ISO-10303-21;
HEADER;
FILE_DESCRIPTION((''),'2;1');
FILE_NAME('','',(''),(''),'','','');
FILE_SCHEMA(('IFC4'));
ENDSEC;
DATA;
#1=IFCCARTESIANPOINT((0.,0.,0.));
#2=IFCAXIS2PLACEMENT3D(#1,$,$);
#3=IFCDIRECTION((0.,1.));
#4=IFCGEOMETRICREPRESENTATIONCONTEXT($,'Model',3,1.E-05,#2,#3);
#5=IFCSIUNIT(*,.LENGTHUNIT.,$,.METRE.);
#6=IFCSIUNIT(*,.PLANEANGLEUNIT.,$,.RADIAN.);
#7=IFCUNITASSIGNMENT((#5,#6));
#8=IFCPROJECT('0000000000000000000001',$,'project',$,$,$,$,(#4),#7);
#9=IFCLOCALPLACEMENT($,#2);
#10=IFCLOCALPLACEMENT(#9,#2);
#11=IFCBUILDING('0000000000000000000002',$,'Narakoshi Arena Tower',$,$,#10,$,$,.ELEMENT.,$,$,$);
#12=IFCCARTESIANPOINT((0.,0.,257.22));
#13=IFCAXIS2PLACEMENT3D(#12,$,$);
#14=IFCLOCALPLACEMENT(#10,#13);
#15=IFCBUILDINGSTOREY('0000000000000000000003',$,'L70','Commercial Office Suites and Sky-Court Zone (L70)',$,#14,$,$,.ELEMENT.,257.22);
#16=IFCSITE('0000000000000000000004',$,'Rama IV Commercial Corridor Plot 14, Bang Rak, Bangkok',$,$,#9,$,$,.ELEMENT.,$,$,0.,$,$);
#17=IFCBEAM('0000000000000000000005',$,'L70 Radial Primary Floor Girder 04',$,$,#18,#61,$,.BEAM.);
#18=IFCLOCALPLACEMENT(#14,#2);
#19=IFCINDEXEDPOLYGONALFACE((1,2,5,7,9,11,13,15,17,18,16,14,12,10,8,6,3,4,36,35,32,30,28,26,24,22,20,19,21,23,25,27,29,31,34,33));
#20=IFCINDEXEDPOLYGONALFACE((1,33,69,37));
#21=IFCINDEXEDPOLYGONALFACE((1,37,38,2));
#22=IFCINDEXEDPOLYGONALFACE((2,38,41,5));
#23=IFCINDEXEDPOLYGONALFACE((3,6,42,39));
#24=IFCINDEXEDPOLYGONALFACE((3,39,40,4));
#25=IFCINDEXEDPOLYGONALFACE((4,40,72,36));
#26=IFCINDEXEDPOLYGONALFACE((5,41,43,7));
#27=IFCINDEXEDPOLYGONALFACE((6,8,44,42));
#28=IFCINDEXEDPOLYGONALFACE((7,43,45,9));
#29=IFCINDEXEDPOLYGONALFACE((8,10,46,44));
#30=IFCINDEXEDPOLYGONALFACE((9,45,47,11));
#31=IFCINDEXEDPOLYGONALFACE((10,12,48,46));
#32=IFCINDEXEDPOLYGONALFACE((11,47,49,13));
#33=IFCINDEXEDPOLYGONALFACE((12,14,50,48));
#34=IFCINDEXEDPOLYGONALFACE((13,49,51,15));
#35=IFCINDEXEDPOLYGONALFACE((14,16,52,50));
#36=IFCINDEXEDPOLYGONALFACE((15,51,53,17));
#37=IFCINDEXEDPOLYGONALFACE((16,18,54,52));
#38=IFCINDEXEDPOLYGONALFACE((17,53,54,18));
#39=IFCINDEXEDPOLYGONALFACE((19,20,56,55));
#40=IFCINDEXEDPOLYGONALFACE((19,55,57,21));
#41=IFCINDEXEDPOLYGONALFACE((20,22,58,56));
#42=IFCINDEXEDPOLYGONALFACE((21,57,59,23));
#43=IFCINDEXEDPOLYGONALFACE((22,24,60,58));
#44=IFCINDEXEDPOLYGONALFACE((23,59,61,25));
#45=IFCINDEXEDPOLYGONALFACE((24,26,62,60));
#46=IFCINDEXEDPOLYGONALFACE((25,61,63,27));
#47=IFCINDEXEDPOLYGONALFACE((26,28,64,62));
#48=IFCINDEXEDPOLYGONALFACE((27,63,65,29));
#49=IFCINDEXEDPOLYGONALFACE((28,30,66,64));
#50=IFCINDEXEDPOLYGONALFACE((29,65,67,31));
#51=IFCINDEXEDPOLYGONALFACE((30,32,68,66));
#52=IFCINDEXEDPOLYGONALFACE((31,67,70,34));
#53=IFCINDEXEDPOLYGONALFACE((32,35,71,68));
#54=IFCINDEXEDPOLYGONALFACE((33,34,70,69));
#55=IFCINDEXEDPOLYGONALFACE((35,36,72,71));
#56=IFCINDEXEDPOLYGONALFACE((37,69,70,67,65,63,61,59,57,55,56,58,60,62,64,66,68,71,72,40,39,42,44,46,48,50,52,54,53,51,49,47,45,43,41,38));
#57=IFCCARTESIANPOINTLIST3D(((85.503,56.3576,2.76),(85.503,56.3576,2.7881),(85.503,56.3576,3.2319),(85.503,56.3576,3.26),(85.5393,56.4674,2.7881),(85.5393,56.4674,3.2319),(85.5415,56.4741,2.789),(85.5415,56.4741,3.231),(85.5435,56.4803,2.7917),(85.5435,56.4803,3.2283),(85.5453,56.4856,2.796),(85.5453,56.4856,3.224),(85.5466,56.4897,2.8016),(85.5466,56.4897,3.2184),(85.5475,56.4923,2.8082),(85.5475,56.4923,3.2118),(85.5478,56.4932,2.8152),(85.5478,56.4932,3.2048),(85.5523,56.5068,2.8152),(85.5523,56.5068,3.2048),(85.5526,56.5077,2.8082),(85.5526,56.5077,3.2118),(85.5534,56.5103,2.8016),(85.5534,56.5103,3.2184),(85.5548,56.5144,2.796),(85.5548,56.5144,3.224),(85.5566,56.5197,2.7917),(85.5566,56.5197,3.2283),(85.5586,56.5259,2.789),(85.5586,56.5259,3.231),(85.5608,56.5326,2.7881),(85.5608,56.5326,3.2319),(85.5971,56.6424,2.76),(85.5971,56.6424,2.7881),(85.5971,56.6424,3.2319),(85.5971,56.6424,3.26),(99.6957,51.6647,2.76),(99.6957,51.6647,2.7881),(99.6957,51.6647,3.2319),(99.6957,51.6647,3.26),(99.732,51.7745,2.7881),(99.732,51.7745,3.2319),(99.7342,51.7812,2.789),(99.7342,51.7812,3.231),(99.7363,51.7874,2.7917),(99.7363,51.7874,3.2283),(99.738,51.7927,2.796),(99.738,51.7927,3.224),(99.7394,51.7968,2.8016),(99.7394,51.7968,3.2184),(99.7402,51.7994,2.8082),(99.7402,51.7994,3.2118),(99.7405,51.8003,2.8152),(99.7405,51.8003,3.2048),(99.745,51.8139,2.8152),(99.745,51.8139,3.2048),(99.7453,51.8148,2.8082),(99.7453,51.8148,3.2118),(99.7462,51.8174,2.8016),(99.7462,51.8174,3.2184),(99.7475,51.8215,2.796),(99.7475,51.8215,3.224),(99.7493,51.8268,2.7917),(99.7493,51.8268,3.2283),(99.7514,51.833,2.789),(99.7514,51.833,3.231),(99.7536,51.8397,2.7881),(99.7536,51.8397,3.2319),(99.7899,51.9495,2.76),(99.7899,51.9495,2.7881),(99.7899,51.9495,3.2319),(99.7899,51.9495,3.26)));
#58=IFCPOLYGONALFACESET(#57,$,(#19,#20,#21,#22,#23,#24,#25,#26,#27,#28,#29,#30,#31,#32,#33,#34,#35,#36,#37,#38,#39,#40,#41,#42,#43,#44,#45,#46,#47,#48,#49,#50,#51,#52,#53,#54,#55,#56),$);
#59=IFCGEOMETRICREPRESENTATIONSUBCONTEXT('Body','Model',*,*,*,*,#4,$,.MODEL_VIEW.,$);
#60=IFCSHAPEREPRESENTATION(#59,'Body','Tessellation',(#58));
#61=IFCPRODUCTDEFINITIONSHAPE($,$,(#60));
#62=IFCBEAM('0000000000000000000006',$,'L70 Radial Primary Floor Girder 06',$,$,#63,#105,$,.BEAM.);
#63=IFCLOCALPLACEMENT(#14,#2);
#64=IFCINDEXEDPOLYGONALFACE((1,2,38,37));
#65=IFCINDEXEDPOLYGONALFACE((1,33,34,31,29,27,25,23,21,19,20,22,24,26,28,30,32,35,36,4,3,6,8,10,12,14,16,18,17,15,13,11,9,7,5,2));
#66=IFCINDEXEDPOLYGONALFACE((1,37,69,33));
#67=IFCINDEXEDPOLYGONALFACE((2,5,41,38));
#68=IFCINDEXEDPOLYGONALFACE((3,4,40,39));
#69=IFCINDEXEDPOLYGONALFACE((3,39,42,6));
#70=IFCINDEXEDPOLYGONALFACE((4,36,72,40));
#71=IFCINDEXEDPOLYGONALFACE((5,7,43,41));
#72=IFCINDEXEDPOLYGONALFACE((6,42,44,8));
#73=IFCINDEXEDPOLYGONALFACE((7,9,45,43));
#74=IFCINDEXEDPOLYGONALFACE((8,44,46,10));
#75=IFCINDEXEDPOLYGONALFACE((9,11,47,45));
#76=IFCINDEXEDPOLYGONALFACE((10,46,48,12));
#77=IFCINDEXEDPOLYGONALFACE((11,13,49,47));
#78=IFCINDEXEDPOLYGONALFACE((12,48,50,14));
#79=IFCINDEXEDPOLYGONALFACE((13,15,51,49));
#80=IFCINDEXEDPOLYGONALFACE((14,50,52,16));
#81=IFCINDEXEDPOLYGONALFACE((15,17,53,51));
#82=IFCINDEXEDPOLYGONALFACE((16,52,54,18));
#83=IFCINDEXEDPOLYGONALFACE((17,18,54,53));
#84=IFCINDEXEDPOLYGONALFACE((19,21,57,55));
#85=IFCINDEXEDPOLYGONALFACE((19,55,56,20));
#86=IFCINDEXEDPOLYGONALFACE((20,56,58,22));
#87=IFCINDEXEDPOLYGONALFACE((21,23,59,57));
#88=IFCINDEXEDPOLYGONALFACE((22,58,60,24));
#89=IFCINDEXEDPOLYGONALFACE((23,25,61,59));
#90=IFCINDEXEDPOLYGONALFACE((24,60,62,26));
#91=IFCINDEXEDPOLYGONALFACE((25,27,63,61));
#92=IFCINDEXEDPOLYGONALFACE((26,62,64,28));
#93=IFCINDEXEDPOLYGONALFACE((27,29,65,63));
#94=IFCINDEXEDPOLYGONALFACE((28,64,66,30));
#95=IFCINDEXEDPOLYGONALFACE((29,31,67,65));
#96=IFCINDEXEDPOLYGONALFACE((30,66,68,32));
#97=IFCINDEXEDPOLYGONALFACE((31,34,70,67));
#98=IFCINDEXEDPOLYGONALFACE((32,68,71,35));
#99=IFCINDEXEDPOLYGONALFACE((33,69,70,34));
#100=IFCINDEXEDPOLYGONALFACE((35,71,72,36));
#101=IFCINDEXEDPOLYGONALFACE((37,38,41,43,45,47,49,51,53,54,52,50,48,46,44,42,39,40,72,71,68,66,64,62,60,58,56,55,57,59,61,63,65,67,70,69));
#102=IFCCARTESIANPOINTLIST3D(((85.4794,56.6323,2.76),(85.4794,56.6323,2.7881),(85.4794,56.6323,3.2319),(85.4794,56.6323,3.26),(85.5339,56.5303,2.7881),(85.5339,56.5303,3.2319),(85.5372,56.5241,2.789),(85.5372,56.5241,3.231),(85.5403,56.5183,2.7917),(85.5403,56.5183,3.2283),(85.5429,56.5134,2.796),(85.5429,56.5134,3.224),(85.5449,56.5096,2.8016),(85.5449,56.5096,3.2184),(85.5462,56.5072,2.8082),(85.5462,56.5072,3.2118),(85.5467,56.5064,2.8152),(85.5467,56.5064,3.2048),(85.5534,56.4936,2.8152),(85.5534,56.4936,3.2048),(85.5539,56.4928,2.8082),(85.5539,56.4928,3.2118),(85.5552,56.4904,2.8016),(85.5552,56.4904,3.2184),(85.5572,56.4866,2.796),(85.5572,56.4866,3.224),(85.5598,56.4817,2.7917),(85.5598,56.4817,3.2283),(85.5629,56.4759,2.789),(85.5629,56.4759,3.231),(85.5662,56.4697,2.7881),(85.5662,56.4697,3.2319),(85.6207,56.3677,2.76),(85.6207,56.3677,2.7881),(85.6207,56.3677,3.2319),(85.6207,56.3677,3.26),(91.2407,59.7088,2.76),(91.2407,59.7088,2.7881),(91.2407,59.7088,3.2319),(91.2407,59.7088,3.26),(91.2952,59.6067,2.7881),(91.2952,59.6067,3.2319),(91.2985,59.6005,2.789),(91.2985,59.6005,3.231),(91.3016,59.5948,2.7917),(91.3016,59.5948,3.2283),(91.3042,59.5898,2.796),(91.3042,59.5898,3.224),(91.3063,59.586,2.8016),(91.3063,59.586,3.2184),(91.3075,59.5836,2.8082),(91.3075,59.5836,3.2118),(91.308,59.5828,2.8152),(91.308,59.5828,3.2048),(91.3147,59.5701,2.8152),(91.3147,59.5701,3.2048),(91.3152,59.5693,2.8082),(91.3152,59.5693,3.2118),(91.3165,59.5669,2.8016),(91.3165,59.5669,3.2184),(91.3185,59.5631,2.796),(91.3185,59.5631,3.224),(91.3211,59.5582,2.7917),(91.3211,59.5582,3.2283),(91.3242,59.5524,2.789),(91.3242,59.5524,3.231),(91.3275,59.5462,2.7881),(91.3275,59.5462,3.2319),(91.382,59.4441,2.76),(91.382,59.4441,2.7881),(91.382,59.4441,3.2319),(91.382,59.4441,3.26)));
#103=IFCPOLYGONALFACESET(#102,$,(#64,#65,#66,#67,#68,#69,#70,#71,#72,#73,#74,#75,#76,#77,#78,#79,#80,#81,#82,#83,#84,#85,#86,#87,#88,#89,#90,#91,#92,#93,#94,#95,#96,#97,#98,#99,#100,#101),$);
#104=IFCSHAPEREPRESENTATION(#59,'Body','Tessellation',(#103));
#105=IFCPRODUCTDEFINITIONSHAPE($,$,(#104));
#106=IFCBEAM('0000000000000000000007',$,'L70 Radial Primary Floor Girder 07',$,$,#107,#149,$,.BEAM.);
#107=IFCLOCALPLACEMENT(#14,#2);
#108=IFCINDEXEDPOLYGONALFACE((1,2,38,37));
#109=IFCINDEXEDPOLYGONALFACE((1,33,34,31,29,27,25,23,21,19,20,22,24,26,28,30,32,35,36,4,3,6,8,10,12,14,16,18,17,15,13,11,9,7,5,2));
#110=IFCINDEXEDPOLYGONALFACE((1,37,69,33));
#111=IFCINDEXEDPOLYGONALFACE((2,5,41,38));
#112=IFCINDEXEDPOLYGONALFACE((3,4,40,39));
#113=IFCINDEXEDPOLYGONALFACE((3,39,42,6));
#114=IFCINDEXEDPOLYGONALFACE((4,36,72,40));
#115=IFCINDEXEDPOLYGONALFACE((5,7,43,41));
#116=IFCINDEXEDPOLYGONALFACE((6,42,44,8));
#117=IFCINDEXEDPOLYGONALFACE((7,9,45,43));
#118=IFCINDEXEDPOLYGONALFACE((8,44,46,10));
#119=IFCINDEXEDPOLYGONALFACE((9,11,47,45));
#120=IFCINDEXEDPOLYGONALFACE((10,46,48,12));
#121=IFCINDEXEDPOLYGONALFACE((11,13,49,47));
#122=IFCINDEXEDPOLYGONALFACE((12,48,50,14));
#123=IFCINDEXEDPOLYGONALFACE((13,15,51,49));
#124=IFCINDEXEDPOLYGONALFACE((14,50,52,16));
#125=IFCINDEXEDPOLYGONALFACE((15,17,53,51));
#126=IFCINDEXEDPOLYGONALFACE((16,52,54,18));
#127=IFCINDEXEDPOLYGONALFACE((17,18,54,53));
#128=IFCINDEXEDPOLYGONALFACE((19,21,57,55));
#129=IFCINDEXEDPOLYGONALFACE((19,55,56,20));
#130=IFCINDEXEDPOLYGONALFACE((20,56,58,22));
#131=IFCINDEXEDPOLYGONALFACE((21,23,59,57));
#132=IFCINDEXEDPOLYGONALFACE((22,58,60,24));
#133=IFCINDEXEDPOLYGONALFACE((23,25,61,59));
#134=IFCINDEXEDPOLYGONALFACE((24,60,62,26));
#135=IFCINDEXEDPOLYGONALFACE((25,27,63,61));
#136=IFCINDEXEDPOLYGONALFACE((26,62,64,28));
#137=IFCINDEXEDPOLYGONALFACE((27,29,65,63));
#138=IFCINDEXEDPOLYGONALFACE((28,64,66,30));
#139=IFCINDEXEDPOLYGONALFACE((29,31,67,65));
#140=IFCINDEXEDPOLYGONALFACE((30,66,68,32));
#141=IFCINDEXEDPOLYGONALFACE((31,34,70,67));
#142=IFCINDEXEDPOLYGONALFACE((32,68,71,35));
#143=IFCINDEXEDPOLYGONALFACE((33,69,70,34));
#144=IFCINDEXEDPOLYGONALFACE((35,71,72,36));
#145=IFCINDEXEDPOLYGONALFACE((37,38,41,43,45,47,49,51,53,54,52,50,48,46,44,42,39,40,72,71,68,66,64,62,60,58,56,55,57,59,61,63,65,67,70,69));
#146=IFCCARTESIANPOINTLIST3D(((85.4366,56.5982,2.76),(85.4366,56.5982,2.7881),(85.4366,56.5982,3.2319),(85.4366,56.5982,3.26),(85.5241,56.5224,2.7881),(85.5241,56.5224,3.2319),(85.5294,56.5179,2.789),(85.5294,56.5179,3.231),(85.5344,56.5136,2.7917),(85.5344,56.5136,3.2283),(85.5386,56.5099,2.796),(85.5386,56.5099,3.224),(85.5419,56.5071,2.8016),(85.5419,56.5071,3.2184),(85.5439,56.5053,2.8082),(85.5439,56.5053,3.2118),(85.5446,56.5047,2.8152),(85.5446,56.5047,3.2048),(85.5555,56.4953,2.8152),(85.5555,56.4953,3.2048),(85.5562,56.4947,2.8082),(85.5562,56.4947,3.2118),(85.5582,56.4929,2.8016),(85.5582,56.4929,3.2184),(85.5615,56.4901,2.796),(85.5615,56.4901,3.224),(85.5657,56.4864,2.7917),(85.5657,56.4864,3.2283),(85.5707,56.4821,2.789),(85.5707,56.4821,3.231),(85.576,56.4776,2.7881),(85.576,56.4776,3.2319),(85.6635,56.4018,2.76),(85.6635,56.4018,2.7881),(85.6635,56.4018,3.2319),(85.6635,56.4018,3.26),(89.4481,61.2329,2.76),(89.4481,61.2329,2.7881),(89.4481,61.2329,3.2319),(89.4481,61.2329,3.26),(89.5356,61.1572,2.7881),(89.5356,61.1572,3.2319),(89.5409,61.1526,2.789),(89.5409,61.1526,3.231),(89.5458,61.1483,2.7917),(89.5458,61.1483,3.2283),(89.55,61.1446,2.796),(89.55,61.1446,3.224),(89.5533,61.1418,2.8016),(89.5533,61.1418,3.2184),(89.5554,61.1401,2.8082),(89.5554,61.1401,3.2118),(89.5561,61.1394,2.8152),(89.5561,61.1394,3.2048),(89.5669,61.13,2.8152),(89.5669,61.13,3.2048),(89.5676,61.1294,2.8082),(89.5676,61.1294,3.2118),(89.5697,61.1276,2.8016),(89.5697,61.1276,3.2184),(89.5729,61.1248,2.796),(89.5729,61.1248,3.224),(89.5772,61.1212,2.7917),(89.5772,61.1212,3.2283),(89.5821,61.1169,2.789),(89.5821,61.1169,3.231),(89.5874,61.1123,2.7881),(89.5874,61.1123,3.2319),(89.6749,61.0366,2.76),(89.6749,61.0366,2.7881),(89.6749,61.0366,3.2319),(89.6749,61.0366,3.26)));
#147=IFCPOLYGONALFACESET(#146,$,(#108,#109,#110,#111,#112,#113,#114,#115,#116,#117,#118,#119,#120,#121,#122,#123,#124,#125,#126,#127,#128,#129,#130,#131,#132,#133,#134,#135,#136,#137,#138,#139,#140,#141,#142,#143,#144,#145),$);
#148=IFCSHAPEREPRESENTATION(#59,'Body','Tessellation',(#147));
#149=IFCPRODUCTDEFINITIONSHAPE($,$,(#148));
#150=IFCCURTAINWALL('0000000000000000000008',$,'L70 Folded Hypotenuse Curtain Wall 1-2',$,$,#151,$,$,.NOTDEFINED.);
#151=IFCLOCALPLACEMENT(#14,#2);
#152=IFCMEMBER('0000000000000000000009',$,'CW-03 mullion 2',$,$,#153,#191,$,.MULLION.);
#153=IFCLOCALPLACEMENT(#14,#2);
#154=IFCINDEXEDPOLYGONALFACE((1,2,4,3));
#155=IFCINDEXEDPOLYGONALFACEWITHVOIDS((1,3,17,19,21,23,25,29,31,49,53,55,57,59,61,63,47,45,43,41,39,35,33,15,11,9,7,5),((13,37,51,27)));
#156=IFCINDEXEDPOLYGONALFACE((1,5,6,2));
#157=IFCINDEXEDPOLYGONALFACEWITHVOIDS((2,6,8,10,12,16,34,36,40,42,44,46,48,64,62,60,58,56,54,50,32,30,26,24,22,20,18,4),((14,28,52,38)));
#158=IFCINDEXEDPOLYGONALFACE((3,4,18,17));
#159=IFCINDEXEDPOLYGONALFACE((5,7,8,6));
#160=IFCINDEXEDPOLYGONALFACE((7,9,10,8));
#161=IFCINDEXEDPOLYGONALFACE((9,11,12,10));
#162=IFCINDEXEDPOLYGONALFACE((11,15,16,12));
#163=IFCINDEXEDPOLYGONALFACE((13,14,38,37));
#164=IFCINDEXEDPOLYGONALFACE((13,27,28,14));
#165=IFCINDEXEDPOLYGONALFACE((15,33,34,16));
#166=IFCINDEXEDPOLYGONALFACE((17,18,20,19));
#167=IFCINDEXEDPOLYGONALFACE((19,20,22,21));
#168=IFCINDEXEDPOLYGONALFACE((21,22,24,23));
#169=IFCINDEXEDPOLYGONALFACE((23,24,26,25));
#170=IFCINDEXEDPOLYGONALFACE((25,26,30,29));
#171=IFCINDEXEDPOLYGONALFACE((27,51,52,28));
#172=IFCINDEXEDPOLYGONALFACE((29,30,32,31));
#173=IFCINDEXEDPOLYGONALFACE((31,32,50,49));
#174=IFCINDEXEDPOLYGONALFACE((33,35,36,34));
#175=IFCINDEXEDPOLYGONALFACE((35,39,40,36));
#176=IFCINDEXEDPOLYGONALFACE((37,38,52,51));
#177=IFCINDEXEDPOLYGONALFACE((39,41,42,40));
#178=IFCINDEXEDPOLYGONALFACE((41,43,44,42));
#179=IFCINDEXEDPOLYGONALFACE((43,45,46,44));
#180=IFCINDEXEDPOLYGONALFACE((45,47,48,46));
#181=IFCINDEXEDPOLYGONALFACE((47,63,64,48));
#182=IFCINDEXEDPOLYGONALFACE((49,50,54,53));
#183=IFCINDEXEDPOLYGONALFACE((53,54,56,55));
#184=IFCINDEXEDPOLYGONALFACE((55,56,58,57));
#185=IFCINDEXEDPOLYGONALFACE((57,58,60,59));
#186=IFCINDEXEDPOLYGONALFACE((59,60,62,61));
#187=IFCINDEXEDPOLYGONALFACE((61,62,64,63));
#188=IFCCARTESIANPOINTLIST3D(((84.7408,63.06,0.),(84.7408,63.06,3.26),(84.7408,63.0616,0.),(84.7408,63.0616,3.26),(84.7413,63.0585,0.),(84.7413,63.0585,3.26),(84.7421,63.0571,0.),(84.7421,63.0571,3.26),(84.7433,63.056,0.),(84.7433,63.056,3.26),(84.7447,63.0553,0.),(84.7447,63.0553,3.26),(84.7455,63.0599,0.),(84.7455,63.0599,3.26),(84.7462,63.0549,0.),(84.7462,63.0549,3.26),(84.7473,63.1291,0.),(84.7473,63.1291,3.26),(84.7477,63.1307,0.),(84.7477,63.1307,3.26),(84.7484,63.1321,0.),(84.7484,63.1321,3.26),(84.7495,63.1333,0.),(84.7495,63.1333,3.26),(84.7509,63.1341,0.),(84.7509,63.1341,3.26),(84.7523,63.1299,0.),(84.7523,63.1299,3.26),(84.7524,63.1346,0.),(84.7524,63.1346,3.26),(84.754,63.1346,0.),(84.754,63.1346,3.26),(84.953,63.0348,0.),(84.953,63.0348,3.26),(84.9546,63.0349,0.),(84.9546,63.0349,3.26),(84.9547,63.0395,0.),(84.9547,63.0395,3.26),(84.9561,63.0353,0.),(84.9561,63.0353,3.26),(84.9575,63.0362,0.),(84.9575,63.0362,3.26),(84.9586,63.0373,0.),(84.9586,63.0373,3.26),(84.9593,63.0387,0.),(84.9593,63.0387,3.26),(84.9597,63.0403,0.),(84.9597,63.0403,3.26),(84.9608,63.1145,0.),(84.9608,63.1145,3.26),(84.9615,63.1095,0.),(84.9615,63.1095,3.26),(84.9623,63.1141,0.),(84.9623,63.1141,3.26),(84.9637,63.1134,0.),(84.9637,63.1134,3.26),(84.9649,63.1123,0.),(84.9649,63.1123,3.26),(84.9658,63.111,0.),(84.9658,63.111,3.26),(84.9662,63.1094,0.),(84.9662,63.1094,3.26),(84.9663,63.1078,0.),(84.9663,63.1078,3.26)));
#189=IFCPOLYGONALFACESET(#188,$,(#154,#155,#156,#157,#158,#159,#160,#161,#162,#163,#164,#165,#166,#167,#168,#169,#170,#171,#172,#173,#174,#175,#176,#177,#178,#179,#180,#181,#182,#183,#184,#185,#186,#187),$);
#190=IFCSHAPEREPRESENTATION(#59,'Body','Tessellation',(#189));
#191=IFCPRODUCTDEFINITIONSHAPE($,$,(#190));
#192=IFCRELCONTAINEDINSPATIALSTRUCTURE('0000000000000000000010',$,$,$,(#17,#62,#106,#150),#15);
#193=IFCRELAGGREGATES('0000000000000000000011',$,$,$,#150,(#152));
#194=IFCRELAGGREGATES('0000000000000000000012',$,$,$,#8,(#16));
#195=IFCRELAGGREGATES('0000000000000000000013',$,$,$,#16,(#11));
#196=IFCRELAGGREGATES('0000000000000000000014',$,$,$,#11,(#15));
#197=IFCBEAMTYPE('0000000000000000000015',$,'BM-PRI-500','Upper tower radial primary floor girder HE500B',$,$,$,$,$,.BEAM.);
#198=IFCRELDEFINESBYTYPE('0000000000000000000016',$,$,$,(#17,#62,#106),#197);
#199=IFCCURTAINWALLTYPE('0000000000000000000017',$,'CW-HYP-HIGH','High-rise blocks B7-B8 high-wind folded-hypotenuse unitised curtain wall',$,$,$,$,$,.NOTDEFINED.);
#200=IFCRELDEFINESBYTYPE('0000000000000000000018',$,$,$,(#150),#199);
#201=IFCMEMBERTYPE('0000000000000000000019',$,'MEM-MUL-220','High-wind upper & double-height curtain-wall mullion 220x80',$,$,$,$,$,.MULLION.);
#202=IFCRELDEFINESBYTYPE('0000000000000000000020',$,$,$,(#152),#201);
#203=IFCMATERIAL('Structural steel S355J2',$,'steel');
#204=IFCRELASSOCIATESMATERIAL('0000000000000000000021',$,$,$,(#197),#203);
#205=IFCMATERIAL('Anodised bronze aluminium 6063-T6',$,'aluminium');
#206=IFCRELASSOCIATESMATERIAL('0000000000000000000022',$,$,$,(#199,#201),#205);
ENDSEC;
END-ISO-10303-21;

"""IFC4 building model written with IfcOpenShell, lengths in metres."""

from ifc_helpers import new_model, si_unit, direction, frame, origin, origin_2d, place, context, subcontext, project, spatial, hollow_rectangle, i_section, extrude, material, material_profile, profile_set, type_object, element, aggregate, save


model = new_model("IFC4")

# Units and contexts
model_context = context("Model", 3, precision=1e-05, world=origin(), true_north=direction((0.0, 1.0)))
body_context = subcontext(model_context, "Body", "Model", "MODEL_VIEW")
ifc_project = project(units=[si_unit("LENGTHUNIT", "METRE"), si_unit("PLANEANGLEUNIT", "RADIAN")], contexts=[model_context])

# Site, building, storey
site_placement = place(None, origin())
site = spatial("IfcSite", under=ifc_project, at=site_placement, Name="Rama IV Commercial Corridor Plot 14, Bang Rak, Bangkok", CompositionType="ELEMENT", RefElevation=0.0)
building_placement = place(site_placement, origin())
building = spatial("IfcBuilding", under=site, at=building_placement, Name="Narakoshi Arena Tower", CompositionType="ELEMENT")
storey_placement = place(building_placement, frame((0.0, 0.0, 257.22)))
storey = spatial("IfcBuildingStorey", under=building, at=storey_placement, Name="L70", Description="Commercial Office Suites and Sky-Court Zone (L70)", CompositionType="ELEMENT", Elevation=257.22)

# Beams
ifc_material_1 = material(Name="Structural steel S355J2", Category="steel")
ifc_material_profile_1 = material_profile(ifc_material_1, i_section(OverallWidth=0.3, OverallDepth=0.5, WebThickness=0.0144, FlangeThickness=0.0281, FilletRadius=0.0271, at=origin_2d()), Name="HE500B")
ifc_profile_set_1 = profile_set([ifc_material_profile_1], Name="Structural steel S355J2")
beam_type = type_object("IfcBeamType", Name="BM-PRI-500", Description="Upper tower radial primary floor girder HE500B", PredefinedType="BEAM", material=ifc_profile_set_1)
beam_1_placement = place(storey_placement, frame((85.55, 56.5, 3.01), z_axis=(0.949443, -0.313939, 0.0), x_axis=(0.313939, 0.949443, 0.0)))
element("IfcBeam", 1, at=beam_1_placement, inside=storey, type_object=beam_type, Name="L70 Radial Primary Floor Girder 04", PredefinedType="BEAM", context=body_context, shape_type="SweptSolid", body=[
    extrude(i_section(OverallWidth=0.3, OverallDepth=0.5, WebThickness=0.0144, FlangeThickness=0.0281, FilletRadius=0.0271, at=origin_2d()), origin(), (0.0, 0.0, 1.0), 14.9485),
])
beam_2_placement = place(storey_placement, frame((85.55, 56.5, 3.01), z_axis=(0.882114, 0.471036, 0.0), x_axis=(-0.471036, 0.882114, 0.0)))
element("IfcBeam", 2, at=beam_2_placement, inside=storey, type_object=beam_type, Name="L70 Radial Primary Floor Girder 06", PredefinedType="BEAM", context=body_context, shape_type="SweptSolid", body=[
    extrude(i_section(OverallWidth=0.3, OverallDepth=0.5, WebThickness=0.0144, FlangeThickness=0.0281, FilletRadius=0.0271, at=origin_2d()), origin(), (0.0, 0.0, 1.0), 6.5312),
])
beam_3_placement = place(storey_placement, frame((85.55, 56.5, 3.01), z_axis=(0.654435, 0.756119, 0.0), x_axis=(-0.756119, 0.654435, 0.0)))
element("IfcBeam", 3, at=beam_3_placement, inside=storey, type_object=beam_type, Name="L70 Radial Primary Floor Girder 07", PredefinedType="BEAM", context=body_context, shape_type="SweptSolid", body=[
    extrude(i_section(OverallWidth=0.3, OverallDepth=0.5, WebThickness=0.0144, FlangeThickness=0.0281, FilletRadius=0.0271, at=origin_2d()), origin(), (0.0, 0.0, 1.0), 6.1296),
])

# Curtain wall, member
ifc_material_2 = material(Name="Anodised bronze aluminium 6063-T6", Category="aluminium")
curtain_wall_type = type_object("IfcCurtainWallType", Name="CW-HYP-HIGH", Description="High-rise blocks B7-B8 high-wind folded-hypotenuse unitised curtain wall", PredefinedType="NOTDEFINED", material=ifc_material_2)
curtain_wall_1_placement = place(storey_placement, origin())
curtain_wall_1 = element("IfcCurtainWall", 4, at=curtain_wall_1_placement, inside=storey, type_object=curtain_wall_type, Name="L70 Folded Hypotenuse Curtain Wall 1-2", PredefinedType="NOTDEFINED")
ifc_material_profile_2 = material_profile(ifc_material_2, hollow_rectangle(XDim=0.0801, YDim=0.22, WallThickness=0.0049, OuterFilletRadius=0.0061, at=origin_2d()), Name="MUL220x80x5")
ifc_profile_set_2 = profile_set([ifc_material_profile_2], Name="Anodised bronze aluminium 6063-T6")
member_type_1 = type_object("IfcMemberType", Name="MEM-MUL-220", Description="High-wind upper & double-height curtain-wall mullion 220x80", PredefinedType="MULLION", material=ifc_profile_set_2)
member_1_placement = place(storey_placement, frame((84.8535, 63.0847, 0.0), z_axis=(0.0, 0.0, 1.0), x_axis=(-0.096843, -0.9953, 0.0)))
member_1 = element("IfcMember", 5, at=member_1_placement, type_object=member_type_1, Name="CW-03 mullion 2", PredefinedType="MULLION", context=body_context, shape_type="SweptSolid", body=[
    extrude(hollow_rectangle(XDim=0.0801, YDim=0.22, WallThickness=0.0049, OuterFilletRadius=0.0061, at=origin_2d()), origin(), (0.0, 0.0, 1.0), 3.26),
])

aggregate(curtain_wall_1, [member_1])

save(model, "model.ifc")
